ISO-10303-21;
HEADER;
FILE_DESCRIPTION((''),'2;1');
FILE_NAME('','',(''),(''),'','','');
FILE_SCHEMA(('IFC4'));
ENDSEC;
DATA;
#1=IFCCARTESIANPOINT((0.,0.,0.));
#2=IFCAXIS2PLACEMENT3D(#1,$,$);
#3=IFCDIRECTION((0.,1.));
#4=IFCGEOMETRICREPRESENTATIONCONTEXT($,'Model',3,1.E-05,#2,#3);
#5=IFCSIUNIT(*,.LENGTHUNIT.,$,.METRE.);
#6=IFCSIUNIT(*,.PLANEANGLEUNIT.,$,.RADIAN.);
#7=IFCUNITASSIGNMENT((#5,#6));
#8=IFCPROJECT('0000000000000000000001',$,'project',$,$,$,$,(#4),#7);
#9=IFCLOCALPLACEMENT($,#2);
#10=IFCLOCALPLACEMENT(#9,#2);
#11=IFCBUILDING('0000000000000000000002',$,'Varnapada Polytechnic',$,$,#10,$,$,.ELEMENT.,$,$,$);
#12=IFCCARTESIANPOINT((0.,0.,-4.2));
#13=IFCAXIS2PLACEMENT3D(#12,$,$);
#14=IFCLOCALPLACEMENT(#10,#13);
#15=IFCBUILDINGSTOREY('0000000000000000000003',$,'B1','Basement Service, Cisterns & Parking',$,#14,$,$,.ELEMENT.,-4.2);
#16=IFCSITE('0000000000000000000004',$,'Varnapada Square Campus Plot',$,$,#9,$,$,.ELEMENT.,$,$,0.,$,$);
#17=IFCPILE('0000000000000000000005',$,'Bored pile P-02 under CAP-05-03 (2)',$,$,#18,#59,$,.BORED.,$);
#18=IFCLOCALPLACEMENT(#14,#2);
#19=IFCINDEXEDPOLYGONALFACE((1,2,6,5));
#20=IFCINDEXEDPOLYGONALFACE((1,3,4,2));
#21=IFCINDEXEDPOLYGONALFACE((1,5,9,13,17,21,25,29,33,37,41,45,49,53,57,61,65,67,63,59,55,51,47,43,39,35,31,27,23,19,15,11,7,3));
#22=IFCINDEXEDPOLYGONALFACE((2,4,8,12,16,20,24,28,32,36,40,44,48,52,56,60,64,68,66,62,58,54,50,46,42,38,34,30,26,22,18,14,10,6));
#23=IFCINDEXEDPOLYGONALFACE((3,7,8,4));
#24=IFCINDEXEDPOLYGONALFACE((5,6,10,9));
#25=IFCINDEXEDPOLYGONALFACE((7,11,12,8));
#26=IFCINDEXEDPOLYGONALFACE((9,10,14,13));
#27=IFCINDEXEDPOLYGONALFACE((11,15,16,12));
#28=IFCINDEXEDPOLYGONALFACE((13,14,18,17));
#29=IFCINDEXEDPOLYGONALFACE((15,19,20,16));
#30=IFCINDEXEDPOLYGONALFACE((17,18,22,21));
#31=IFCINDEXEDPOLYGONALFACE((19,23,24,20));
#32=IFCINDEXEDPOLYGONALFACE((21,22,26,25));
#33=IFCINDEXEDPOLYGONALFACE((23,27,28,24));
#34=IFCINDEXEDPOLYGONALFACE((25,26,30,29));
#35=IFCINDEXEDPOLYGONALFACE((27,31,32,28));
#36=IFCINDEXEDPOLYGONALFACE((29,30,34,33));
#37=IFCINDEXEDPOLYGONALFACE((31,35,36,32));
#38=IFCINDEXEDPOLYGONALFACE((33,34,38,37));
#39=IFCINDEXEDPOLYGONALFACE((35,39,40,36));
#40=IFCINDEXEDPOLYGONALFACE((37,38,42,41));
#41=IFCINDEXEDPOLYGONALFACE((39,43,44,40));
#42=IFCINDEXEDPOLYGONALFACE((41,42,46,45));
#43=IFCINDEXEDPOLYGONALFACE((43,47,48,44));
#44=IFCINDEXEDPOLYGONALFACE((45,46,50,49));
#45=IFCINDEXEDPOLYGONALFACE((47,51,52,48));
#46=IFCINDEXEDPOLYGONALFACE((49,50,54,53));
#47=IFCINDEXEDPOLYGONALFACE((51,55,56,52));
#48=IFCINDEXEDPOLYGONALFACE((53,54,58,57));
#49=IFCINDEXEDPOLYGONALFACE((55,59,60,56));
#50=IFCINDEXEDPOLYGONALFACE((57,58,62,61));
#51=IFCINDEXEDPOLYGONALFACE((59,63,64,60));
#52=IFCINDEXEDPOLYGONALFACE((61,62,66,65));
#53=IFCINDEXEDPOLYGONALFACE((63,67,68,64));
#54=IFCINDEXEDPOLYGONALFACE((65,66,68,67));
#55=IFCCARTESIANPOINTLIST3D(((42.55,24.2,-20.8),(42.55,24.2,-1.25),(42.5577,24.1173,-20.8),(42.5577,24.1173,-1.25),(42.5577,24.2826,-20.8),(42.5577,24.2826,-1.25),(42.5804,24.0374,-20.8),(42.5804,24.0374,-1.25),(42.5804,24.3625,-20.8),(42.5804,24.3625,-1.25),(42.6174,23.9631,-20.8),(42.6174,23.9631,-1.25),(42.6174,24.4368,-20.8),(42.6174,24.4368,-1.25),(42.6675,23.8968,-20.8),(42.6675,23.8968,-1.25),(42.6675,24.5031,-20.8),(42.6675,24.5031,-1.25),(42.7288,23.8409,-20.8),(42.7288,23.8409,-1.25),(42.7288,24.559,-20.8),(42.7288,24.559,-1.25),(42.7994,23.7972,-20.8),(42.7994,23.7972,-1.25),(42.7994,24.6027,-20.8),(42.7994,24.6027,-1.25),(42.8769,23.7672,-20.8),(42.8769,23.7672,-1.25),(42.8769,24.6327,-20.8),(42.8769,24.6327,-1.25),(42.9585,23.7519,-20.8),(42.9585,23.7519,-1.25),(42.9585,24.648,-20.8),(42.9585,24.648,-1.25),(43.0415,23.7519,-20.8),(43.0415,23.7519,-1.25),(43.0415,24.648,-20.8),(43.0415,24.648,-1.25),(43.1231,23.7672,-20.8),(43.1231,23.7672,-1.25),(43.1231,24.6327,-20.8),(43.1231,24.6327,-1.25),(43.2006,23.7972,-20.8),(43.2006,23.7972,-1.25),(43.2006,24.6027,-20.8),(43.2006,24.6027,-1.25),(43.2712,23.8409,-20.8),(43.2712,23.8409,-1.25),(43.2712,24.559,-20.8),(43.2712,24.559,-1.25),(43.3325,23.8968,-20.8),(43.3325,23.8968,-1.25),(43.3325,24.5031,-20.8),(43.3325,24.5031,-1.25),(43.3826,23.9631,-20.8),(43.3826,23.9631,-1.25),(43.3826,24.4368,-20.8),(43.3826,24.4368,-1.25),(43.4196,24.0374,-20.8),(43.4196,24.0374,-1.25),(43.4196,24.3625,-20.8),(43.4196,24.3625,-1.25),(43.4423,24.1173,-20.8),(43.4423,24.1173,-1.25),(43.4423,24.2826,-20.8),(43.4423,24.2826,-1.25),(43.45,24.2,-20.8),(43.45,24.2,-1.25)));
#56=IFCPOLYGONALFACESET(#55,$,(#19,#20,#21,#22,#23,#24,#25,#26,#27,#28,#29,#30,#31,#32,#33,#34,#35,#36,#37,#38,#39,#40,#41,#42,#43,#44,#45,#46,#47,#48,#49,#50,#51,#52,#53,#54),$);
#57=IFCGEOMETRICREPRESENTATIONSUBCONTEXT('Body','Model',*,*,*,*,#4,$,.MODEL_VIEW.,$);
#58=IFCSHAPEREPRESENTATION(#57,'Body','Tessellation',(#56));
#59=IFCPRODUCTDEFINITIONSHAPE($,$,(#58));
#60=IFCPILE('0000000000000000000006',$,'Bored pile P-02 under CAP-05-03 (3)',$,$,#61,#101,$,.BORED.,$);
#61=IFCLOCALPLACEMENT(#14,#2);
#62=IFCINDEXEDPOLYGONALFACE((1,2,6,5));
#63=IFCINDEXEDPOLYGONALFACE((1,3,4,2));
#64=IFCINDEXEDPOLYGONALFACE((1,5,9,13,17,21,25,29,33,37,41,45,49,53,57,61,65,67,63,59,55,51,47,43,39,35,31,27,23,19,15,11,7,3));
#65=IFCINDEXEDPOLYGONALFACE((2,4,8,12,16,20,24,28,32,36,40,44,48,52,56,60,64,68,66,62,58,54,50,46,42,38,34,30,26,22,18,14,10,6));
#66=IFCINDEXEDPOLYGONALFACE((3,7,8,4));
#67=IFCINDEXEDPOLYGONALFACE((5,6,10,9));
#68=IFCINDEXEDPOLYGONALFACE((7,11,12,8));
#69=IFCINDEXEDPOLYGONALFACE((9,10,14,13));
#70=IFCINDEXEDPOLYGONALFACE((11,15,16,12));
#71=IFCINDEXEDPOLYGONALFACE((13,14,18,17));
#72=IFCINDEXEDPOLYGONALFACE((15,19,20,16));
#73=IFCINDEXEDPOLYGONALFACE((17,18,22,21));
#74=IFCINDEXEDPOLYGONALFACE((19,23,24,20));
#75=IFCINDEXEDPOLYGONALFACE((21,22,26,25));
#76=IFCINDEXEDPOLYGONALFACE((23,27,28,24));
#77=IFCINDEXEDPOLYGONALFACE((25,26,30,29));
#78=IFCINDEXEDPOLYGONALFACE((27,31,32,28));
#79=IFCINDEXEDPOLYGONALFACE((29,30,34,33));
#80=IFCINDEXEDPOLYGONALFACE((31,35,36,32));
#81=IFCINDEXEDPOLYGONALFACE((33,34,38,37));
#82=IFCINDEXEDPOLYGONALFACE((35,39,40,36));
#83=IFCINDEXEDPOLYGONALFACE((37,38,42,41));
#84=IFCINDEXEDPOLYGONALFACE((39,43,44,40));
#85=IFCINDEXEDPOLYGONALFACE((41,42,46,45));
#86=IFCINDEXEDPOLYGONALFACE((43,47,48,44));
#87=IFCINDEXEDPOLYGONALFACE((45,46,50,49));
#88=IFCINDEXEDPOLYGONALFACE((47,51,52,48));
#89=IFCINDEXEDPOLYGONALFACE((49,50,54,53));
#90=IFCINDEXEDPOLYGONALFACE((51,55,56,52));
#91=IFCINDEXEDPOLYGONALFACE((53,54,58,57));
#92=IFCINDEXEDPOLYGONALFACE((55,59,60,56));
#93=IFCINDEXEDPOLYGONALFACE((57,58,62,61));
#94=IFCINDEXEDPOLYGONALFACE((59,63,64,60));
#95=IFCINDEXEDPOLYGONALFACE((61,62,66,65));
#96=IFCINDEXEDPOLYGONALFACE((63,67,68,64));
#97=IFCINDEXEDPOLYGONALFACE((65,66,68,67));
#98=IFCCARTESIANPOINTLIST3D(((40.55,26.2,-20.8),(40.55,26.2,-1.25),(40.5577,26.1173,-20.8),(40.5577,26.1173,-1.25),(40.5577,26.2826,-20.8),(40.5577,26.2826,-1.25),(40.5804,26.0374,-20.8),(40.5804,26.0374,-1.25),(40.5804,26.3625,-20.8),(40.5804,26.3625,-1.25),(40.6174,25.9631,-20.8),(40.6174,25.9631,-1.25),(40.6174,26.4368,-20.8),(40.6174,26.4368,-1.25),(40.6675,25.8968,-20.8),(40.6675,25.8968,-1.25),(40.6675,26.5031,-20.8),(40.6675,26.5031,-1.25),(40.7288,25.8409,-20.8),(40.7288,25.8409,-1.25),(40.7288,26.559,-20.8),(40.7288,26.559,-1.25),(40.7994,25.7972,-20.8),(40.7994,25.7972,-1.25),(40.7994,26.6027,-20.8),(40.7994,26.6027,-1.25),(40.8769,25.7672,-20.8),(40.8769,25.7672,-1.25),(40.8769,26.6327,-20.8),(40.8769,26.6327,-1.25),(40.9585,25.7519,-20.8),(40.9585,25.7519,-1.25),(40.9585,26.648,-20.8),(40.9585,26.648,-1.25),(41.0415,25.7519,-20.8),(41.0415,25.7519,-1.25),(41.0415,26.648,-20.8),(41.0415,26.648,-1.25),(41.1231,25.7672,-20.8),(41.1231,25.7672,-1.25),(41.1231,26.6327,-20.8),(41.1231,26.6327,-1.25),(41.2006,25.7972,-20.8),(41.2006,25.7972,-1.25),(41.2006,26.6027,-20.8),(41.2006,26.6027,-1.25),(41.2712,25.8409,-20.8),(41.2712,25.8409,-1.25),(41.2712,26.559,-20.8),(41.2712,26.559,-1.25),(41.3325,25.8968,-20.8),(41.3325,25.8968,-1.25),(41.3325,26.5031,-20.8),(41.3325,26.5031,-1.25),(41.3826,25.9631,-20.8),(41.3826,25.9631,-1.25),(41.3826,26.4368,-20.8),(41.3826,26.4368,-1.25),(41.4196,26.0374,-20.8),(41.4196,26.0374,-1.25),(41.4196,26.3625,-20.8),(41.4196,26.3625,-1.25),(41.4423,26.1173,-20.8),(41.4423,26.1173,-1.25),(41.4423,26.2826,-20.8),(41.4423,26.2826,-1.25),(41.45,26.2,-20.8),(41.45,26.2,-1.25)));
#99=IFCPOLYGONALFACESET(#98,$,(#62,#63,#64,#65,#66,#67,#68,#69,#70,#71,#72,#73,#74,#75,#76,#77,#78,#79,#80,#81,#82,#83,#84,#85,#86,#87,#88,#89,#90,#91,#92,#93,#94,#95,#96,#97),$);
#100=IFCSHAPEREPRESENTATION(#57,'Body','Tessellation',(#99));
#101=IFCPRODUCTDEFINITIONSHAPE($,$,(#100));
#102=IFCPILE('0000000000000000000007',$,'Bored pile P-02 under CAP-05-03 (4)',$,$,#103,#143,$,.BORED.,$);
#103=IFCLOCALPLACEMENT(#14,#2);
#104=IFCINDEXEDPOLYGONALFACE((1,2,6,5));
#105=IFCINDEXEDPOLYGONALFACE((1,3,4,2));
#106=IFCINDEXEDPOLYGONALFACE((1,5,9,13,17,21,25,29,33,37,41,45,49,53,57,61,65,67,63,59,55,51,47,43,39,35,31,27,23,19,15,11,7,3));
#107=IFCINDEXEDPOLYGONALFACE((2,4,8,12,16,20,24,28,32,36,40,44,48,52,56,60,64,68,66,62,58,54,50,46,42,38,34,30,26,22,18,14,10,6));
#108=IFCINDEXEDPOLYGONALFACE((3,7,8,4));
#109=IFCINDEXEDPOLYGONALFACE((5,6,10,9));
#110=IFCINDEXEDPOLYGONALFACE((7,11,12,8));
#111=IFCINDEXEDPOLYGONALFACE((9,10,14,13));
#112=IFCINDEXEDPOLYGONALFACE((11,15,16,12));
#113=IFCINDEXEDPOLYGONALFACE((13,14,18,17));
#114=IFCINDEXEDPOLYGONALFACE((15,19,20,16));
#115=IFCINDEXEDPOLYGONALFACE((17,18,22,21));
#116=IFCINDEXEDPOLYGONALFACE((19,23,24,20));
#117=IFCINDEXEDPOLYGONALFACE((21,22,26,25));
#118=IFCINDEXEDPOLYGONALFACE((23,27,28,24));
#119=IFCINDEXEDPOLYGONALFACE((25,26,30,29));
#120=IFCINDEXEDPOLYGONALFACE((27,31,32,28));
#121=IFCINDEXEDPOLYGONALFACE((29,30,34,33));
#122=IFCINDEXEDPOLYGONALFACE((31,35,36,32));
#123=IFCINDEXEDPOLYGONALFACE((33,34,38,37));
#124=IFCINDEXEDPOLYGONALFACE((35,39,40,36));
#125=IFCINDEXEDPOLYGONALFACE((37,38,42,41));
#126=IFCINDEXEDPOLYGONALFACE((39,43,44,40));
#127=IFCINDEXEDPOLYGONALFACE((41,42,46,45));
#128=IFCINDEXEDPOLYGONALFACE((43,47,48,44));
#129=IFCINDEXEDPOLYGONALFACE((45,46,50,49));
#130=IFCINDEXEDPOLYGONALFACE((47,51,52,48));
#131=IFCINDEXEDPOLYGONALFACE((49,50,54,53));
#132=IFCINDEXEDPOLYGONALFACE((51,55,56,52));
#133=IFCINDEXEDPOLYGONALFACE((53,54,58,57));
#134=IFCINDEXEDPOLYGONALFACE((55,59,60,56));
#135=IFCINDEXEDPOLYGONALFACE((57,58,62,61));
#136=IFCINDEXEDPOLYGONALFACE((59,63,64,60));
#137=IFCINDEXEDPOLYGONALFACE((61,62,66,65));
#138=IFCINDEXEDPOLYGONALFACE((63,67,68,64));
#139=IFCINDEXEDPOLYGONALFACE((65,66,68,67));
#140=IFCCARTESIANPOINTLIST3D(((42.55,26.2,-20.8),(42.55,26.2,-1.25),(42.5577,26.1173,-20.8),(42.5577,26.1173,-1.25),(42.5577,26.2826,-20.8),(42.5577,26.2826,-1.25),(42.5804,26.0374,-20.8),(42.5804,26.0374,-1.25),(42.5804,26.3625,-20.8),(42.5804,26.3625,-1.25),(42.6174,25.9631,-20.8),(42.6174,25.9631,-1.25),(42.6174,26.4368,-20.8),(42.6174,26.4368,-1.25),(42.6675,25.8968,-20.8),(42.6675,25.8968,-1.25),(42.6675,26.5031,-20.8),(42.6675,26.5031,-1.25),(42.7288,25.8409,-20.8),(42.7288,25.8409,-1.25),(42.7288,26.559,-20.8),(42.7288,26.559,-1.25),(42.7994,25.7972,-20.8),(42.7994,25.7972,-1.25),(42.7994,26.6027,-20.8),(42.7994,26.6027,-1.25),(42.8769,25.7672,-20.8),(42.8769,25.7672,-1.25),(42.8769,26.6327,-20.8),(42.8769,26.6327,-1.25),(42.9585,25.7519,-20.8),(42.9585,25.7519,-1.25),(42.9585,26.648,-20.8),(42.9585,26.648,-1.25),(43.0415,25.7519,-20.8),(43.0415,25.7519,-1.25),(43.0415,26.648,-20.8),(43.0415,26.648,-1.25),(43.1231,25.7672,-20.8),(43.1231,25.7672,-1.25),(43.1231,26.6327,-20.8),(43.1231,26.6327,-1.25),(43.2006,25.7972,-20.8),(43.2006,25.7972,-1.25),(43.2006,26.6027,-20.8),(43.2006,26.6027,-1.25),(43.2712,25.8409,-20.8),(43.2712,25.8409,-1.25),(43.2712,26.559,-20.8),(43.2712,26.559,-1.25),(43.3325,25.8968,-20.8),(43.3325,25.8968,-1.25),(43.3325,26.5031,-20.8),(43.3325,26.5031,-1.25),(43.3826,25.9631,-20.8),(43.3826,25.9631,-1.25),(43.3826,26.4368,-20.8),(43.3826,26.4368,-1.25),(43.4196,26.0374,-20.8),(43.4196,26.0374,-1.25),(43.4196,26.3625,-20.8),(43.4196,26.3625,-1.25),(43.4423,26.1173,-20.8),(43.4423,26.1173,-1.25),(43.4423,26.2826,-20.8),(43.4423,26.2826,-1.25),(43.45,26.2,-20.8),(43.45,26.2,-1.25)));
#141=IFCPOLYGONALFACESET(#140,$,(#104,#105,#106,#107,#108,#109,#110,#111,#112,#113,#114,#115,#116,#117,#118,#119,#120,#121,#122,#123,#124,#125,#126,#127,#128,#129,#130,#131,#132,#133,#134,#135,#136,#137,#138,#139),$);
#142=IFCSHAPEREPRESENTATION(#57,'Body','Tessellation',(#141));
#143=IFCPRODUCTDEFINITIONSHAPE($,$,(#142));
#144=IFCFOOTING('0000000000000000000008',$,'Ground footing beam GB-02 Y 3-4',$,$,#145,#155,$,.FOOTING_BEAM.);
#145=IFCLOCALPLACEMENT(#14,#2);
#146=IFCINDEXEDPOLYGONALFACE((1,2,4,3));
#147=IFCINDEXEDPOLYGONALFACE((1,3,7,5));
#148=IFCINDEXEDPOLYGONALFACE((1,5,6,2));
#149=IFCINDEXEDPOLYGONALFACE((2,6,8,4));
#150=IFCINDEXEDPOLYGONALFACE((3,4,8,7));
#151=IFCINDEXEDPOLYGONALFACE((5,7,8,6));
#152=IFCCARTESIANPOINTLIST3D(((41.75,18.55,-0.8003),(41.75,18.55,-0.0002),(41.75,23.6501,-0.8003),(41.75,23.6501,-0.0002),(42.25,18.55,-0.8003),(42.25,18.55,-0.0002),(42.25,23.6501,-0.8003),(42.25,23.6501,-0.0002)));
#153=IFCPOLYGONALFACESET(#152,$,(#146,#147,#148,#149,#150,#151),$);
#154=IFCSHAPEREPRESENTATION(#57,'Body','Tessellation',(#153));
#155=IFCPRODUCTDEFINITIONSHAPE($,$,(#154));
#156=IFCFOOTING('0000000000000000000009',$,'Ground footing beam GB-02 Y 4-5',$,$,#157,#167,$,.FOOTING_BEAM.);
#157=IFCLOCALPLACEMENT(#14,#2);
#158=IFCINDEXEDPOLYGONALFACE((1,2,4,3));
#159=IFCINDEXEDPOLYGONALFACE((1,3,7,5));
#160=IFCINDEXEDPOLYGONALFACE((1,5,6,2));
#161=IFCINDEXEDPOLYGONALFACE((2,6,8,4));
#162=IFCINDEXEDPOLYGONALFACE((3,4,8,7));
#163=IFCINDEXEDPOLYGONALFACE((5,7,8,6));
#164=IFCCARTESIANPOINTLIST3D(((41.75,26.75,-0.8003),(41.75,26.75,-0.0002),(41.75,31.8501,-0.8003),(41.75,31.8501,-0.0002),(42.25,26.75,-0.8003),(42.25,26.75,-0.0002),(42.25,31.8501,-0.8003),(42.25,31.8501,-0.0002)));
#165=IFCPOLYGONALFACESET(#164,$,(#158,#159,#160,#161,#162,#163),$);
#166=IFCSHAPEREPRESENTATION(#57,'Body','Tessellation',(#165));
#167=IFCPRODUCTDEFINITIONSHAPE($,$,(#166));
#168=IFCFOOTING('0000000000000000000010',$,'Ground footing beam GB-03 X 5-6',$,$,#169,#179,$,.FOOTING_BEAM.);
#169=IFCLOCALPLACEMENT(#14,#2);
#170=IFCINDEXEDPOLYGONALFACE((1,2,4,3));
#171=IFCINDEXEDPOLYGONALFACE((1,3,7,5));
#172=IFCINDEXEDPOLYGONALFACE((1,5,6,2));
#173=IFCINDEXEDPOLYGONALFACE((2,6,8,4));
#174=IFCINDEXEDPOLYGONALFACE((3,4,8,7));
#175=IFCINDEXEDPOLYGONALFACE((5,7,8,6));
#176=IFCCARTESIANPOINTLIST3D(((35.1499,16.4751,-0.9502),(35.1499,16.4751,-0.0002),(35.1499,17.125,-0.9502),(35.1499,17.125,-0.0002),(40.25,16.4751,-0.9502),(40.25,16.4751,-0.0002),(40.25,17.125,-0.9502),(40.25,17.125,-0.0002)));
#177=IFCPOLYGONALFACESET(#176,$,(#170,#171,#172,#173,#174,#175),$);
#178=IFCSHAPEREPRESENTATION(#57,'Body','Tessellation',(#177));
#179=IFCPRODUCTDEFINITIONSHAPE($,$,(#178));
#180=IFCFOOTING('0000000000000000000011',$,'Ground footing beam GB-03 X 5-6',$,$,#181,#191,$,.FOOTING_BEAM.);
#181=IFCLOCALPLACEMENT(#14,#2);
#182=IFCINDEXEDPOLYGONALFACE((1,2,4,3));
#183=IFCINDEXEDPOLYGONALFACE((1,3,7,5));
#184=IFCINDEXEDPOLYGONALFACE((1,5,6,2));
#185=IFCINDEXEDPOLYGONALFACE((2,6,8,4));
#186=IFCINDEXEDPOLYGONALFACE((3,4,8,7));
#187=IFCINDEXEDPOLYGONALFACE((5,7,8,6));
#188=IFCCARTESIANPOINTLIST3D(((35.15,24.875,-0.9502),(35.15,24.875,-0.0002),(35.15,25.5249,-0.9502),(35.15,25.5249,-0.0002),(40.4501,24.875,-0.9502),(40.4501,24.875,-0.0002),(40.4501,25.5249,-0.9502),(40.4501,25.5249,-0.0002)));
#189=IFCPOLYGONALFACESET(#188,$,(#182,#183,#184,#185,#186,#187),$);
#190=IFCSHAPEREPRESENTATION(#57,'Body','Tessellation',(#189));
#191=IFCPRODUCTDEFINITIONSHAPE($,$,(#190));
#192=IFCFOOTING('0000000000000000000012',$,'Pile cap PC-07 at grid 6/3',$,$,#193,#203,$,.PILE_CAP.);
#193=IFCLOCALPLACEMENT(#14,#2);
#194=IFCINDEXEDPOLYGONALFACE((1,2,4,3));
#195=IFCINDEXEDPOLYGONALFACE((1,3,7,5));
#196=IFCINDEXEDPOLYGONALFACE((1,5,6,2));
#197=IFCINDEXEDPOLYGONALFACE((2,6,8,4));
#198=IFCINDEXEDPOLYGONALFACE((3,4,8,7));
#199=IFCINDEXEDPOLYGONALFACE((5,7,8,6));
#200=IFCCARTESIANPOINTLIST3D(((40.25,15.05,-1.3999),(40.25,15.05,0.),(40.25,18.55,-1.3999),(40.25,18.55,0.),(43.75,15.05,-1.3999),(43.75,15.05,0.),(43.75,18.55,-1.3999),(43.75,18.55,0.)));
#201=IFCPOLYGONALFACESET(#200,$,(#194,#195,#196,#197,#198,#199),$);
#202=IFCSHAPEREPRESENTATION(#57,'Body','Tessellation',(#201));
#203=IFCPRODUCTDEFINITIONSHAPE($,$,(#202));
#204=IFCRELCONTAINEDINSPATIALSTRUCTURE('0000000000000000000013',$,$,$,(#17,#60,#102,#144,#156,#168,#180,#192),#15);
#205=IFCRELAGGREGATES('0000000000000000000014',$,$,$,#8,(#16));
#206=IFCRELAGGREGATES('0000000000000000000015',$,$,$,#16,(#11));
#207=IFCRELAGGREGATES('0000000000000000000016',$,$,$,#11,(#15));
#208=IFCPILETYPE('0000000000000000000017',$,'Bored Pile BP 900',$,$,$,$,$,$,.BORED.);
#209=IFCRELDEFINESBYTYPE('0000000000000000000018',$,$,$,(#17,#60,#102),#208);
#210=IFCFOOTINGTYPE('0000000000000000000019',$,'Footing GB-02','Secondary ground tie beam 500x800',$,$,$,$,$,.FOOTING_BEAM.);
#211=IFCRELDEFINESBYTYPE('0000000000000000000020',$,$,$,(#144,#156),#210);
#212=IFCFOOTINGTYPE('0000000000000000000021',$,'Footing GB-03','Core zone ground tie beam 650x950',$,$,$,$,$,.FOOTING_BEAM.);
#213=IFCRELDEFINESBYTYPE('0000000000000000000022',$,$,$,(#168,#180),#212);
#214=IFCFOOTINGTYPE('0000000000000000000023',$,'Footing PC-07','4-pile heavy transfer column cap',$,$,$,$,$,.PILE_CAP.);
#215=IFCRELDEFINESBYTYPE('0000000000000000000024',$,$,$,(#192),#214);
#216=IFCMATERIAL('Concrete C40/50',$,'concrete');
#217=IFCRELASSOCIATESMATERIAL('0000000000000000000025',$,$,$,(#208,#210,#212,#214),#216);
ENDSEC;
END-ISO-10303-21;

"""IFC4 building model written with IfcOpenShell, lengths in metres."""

from ifc_helpers import new_model, si_unit, direction, frame, origin, origin_2d, place, context, subcontext, project, spatial, rectangle, circle, extrude, material, material_profile, profile_set, type_object, element, save


model = new_model("IFC4")

# Units and contexts
model_context = context("Model", 3, precision=1e-05, world=origin(), true_north=direction((0.0, 1.0)))
body_context = subcontext(model_context, "Body", "Model", "MODEL_VIEW")
ifc_project = project(units=[si_unit("LENGTHUNIT", "METRE"), si_unit("PLANEANGLEUNIT", "RADIAN")], contexts=[model_context])

# Site, building, storey
site_placement = place(None, origin())
site = spatial("IfcSite", under=ifc_project, at=site_placement, Name="Varnapada Square Campus Plot", CompositionType="ELEMENT", RefElevation=0.0)
building_placement = place(site_placement, origin())
building = spatial("IfcBuilding", under=site, at=building_placement, Name="Varnapada Polytechnic", CompositionType="ELEMENT")
storey_placement = place(building_placement, frame((0.0, 0.0, -4.2)))
storey = spatial("IfcBuildingStorey", under=building, at=storey_placement, Name="B1", Description="Basement Service, Cisterns & Parking", CompositionType="ELEMENT", Elevation=-4.2)

# Piles
ifc_material_1 = material(Name="Concrete C40/50", Category="concrete")
ifc_material_profile_1 = material_profile(ifc_material_1, circle(Radius=0.45, at=origin_2d()), Name="BP 900")
ifc_profile_set_1 = profile_set([ifc_material_profile_1], Name="Concrete C40/50")
pile_type_1 = type_object("IfcPileType", Name="Bored Pile BP 900", PredefinedType="BORED", material=ifc_profile_set_1)
for number, where, z_axis, x_axis, name in (
    (1, (43.0, 24.2, -1.25), (0.0, 0.0, -1.0), (1.0, 0.0, 0.0), "Bored pile P-02 under CAP-05-03 (2)"),
    (2, (41.0, 26.2, -1.25), (0.0, 0.0, -1.0), (1.0, 0.0, 0.0), "Bored pile P-02 under CAP-05-03 (3)"),
    (3, (43.0, 26.2, -1.25), (0.0, 0.0, -1.0), (1.0, 0.0, 0.0), "Bored pile P-02 under CAP-05-03 (4)"),
):
    element("IfcPile", number, at=place(storey_placement, frame(where, z_axis=z_axis, x_axis=x_axis)), inside=storey, type_object=pile_type_1, Name=name, PredefinedType="BORED", context=body_context, shape_type="SweptSolid", body=[
        extrude(circle(Radius=0.45, at=origin_2d()), origin(), (0.0, 0.0, 1.0), 19.55),
    ])

# Footings
footing_type_1 = type_object("IfcFootingType", Name="Footing GB-02", Description="Secondary ground tie beam 500x800", PredefinedType="FOOTING_BEAM", material=ifc_material_1)
for number, where, z_axis, x_axis, name in (
    (4, (42.0, 21.1001, -0.8003), (0.0, 0.0, 1.0), (0.0, 1.0, 0.0), "Ground footing beam GB-02 Y 3-4"),
    (5, (42.0, 29.3, -0.8003), (0.0, 0.0, 1.0), (0.0, 1.0, 0.0), "Ground footing beam GB-02 Y 4-5"),
):
    element("IfcFooting", number, at=place(storey_placement, frame(where, z_axis=z_axis, x_axis=x_axis)), inside=storey, type_object=footing_type_1, Name=name, PredefinedType="FOOTING_BEAM", context=body_context, shape_type="SweptSolid", body=[
        extrude(rectangle(XDim=5.1001, YDim=0.5, at=origin_2d()), origin(), (0.0, 0.0, 1.0), 0.8),
    ])
footing_type_2 = type_object("IfcFootingType", Name="Footing GB-03", Description="Core zone ground tie beam 650x950", PredefinedType="FOOTING_BEAM", material=ifc_material_1)
footing_1_placement = place(storey_placement, frame((37.7, 16.8, -0.9502), z_axis=(0.0, 0.0, 1.0), x_axis=(1.0, 0.0, 0.0)))
element("IfcFooting", 6, at=footing_1_placement, inside=storey, type_object=footing_type_2, Name="Ground footing beam GB-03 X 5-6", PredefinedType="FOOTING_BEAM", context=body_context, shape_type="SweptSolid", body=[
    extrude(rectangle(XDim=5.1001, YDim=0.6499, at=origin_2d()), origin(), (0.0, 0.0, 1.0), 0.95),
])
footing_2_placement = place(storey_placement, frame((37.8, 25.2, -0.9502), z_axis=(0.0, 0.0, 1.0), x_axis=(1.0, 0.0, 0.0)))
element("IfcFooting", 7, at=footing_2_placement, inside=storey, type_object=footing_type_2, Name="Ground footing beam GB-03 X 5-6", PredefinedType="FOOTING_BEAM", context=body_context, shape_type="SweptSolid", body=[
    extrude(rectangle(XDim=5.3, YDim=0.6499, at=origin_2d()), origin(), (0.0, 0.0, 1.0), 0.95),
])
footing_type_3 = type_object("IfcFootingType", Name="Footing PC-07", Description="4-pile heavy transfer column cap", PredefinedType="PILE_CAP", material=ifc_material_1)
footing_3_placement = place(storey_placement, frame((42.0, 16.8, -1.3999), z_axis=(0.0, 0.0, 1.0), x_axis=(1.0, 0.0, 0.0)))
element("IfcFooting", 8, at=footing_3_placement, inside=storey, type_object=footing_type_3, Name="Pile cap PC-07 at grid 6/3", PredefinedType="PILE_CAP", context=body_context, shape_type="SweptSolid", body=[
    extrude(rectangle(XDim=3.5, YDim=3.5, at=origin_2d()), origin(), (0.0, 0.0, 1.0), 1.3999),
])

save(model, "model.ifc")
